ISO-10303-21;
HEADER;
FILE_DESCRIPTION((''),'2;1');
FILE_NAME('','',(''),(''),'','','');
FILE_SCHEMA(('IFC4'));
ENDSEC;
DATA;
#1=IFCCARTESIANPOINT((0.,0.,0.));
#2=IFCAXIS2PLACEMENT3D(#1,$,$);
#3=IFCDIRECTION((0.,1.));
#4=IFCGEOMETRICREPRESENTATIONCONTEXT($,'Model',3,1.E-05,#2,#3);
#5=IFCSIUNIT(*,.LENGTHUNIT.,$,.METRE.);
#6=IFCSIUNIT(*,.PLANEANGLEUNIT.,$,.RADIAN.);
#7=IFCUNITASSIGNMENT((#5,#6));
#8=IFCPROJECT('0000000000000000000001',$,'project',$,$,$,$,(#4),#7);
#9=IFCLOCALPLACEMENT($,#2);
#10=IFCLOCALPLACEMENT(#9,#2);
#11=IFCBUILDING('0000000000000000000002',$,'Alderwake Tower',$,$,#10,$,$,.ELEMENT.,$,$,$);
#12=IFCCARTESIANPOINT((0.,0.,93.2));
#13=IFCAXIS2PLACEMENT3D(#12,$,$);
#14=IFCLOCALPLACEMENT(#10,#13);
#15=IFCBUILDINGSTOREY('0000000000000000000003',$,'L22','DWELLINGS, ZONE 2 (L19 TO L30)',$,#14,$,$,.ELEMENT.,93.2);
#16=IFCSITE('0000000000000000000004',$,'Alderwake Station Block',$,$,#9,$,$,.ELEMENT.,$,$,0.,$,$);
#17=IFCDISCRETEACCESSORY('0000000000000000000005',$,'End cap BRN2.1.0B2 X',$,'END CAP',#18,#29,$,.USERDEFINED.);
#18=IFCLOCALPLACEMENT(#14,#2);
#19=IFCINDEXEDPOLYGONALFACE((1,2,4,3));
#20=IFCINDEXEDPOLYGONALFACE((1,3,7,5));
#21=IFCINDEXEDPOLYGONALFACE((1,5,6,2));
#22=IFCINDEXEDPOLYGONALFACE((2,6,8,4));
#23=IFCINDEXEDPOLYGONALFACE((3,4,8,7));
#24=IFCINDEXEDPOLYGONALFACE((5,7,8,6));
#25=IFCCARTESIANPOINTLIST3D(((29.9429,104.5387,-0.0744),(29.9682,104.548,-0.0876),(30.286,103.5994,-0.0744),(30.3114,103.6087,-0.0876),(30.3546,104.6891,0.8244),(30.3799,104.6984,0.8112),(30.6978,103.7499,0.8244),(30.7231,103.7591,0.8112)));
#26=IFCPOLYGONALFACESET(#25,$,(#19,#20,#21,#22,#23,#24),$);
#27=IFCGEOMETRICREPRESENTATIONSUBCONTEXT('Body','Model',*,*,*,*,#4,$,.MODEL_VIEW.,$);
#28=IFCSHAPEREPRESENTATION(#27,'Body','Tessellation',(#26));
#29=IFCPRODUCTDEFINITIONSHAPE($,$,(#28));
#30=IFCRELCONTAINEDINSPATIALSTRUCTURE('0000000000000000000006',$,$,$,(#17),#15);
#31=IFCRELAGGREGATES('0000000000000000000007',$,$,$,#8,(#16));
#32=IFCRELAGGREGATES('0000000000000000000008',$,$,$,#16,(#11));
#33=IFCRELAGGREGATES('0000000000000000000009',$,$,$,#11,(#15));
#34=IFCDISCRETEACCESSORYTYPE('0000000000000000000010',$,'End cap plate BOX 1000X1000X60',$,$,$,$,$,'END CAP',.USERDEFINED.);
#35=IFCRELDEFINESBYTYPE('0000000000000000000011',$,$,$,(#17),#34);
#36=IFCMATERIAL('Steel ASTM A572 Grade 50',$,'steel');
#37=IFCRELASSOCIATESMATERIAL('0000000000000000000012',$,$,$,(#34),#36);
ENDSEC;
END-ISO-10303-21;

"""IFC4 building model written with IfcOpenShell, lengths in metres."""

from ifc_helpers import new_model, si_unit, direction, frame, origin, origin_2d, place, context, subcontext, project, spatial, rectangle, extrude, material, material_profile, profile_set, type_object, element, save


model = new_model("IFC4")

# Units and contexts
model_context = context("Model", 3, precision=1e-05, world=origin(), true_north=direction((0.0, 1.0)))
body_context = subcontext(model_context, "Body", "Model", "MODEL_VIEW")
ifc_project = project(units=[si_unit("LENGTHUNIT", "METRE"), si_unit("PLANEANGLEUNIT", "RADIAN")], contexts=[model_context])

# Site, building, storey
site_placement = place(None, origin())
site = spatial("IfcSite", under=ifc_project, at=site_placement, Name="Alderwake Station Block", CompositionType="ELEMENT", RefElevation=0.0)
building_placement = place(site_placement, origin())
building = spatial("IfcBuilding", under=site, at=building_placement, Name="Alderwake Tower", CompositionType="ELEMENT")
storey_placement = place(building_placement, frame((0.0, 0.0, 93.2)))
storey = spatial("IfcBuildingStorey", under=building, at=storey_placement, Name="L22", Description="DWELLINGS, ZONE 2 (L19 TO L30)", CompositionType="ELEMENT", Elevation=93.2)

# Discrete accessory
ifc_material_1 = material(Name="Steel ASTM A572 Grade 50", Category="steel")
ifc_material_profile_1 = material_profile(ifc_material_1, rectangle(XDim=1.0, YDim=1.0, at=origin_2d()), Name="BOX 1000X1000X60 cap")
ifc_profile_set_1 = profile_set([ifc_material_profile_1], Name="Steel ASTM A572 Grade 50")
discrete_accessory_type = type_object("IfcDiscreteAccessoryType", Name="End cap plate BOX 1000X1000X60", ElementType="END CAP", PredefinedType="USERDEFINED", material=ifc_profile_set_1)
discrete_accessory_placement = place(storey_placement, frame((30.3203, 104.1443, 0.375), z_axis=(0.844218, 0.308464, -0.438344), x_axis=(-0.343193, 0.939265, 0.0)))
element("IfcDiscreteAccessory", 1, at=discrete_accessory_placement, inside=storey, type_object=discrete_accessory_type, Name="End cap BRN2.1.0B2 X", ObjectType="END CAP", PredefinedType="USERDEFINED", context=body_context, shape_type="SweptSolid", body=[
    extrude(rectangle(XDim=1.0, YDim=1.0, at=origin_2d()), origin(), (0.0, 0.0, 1.0), 0.03),
])

save(model, "model.ifc")
